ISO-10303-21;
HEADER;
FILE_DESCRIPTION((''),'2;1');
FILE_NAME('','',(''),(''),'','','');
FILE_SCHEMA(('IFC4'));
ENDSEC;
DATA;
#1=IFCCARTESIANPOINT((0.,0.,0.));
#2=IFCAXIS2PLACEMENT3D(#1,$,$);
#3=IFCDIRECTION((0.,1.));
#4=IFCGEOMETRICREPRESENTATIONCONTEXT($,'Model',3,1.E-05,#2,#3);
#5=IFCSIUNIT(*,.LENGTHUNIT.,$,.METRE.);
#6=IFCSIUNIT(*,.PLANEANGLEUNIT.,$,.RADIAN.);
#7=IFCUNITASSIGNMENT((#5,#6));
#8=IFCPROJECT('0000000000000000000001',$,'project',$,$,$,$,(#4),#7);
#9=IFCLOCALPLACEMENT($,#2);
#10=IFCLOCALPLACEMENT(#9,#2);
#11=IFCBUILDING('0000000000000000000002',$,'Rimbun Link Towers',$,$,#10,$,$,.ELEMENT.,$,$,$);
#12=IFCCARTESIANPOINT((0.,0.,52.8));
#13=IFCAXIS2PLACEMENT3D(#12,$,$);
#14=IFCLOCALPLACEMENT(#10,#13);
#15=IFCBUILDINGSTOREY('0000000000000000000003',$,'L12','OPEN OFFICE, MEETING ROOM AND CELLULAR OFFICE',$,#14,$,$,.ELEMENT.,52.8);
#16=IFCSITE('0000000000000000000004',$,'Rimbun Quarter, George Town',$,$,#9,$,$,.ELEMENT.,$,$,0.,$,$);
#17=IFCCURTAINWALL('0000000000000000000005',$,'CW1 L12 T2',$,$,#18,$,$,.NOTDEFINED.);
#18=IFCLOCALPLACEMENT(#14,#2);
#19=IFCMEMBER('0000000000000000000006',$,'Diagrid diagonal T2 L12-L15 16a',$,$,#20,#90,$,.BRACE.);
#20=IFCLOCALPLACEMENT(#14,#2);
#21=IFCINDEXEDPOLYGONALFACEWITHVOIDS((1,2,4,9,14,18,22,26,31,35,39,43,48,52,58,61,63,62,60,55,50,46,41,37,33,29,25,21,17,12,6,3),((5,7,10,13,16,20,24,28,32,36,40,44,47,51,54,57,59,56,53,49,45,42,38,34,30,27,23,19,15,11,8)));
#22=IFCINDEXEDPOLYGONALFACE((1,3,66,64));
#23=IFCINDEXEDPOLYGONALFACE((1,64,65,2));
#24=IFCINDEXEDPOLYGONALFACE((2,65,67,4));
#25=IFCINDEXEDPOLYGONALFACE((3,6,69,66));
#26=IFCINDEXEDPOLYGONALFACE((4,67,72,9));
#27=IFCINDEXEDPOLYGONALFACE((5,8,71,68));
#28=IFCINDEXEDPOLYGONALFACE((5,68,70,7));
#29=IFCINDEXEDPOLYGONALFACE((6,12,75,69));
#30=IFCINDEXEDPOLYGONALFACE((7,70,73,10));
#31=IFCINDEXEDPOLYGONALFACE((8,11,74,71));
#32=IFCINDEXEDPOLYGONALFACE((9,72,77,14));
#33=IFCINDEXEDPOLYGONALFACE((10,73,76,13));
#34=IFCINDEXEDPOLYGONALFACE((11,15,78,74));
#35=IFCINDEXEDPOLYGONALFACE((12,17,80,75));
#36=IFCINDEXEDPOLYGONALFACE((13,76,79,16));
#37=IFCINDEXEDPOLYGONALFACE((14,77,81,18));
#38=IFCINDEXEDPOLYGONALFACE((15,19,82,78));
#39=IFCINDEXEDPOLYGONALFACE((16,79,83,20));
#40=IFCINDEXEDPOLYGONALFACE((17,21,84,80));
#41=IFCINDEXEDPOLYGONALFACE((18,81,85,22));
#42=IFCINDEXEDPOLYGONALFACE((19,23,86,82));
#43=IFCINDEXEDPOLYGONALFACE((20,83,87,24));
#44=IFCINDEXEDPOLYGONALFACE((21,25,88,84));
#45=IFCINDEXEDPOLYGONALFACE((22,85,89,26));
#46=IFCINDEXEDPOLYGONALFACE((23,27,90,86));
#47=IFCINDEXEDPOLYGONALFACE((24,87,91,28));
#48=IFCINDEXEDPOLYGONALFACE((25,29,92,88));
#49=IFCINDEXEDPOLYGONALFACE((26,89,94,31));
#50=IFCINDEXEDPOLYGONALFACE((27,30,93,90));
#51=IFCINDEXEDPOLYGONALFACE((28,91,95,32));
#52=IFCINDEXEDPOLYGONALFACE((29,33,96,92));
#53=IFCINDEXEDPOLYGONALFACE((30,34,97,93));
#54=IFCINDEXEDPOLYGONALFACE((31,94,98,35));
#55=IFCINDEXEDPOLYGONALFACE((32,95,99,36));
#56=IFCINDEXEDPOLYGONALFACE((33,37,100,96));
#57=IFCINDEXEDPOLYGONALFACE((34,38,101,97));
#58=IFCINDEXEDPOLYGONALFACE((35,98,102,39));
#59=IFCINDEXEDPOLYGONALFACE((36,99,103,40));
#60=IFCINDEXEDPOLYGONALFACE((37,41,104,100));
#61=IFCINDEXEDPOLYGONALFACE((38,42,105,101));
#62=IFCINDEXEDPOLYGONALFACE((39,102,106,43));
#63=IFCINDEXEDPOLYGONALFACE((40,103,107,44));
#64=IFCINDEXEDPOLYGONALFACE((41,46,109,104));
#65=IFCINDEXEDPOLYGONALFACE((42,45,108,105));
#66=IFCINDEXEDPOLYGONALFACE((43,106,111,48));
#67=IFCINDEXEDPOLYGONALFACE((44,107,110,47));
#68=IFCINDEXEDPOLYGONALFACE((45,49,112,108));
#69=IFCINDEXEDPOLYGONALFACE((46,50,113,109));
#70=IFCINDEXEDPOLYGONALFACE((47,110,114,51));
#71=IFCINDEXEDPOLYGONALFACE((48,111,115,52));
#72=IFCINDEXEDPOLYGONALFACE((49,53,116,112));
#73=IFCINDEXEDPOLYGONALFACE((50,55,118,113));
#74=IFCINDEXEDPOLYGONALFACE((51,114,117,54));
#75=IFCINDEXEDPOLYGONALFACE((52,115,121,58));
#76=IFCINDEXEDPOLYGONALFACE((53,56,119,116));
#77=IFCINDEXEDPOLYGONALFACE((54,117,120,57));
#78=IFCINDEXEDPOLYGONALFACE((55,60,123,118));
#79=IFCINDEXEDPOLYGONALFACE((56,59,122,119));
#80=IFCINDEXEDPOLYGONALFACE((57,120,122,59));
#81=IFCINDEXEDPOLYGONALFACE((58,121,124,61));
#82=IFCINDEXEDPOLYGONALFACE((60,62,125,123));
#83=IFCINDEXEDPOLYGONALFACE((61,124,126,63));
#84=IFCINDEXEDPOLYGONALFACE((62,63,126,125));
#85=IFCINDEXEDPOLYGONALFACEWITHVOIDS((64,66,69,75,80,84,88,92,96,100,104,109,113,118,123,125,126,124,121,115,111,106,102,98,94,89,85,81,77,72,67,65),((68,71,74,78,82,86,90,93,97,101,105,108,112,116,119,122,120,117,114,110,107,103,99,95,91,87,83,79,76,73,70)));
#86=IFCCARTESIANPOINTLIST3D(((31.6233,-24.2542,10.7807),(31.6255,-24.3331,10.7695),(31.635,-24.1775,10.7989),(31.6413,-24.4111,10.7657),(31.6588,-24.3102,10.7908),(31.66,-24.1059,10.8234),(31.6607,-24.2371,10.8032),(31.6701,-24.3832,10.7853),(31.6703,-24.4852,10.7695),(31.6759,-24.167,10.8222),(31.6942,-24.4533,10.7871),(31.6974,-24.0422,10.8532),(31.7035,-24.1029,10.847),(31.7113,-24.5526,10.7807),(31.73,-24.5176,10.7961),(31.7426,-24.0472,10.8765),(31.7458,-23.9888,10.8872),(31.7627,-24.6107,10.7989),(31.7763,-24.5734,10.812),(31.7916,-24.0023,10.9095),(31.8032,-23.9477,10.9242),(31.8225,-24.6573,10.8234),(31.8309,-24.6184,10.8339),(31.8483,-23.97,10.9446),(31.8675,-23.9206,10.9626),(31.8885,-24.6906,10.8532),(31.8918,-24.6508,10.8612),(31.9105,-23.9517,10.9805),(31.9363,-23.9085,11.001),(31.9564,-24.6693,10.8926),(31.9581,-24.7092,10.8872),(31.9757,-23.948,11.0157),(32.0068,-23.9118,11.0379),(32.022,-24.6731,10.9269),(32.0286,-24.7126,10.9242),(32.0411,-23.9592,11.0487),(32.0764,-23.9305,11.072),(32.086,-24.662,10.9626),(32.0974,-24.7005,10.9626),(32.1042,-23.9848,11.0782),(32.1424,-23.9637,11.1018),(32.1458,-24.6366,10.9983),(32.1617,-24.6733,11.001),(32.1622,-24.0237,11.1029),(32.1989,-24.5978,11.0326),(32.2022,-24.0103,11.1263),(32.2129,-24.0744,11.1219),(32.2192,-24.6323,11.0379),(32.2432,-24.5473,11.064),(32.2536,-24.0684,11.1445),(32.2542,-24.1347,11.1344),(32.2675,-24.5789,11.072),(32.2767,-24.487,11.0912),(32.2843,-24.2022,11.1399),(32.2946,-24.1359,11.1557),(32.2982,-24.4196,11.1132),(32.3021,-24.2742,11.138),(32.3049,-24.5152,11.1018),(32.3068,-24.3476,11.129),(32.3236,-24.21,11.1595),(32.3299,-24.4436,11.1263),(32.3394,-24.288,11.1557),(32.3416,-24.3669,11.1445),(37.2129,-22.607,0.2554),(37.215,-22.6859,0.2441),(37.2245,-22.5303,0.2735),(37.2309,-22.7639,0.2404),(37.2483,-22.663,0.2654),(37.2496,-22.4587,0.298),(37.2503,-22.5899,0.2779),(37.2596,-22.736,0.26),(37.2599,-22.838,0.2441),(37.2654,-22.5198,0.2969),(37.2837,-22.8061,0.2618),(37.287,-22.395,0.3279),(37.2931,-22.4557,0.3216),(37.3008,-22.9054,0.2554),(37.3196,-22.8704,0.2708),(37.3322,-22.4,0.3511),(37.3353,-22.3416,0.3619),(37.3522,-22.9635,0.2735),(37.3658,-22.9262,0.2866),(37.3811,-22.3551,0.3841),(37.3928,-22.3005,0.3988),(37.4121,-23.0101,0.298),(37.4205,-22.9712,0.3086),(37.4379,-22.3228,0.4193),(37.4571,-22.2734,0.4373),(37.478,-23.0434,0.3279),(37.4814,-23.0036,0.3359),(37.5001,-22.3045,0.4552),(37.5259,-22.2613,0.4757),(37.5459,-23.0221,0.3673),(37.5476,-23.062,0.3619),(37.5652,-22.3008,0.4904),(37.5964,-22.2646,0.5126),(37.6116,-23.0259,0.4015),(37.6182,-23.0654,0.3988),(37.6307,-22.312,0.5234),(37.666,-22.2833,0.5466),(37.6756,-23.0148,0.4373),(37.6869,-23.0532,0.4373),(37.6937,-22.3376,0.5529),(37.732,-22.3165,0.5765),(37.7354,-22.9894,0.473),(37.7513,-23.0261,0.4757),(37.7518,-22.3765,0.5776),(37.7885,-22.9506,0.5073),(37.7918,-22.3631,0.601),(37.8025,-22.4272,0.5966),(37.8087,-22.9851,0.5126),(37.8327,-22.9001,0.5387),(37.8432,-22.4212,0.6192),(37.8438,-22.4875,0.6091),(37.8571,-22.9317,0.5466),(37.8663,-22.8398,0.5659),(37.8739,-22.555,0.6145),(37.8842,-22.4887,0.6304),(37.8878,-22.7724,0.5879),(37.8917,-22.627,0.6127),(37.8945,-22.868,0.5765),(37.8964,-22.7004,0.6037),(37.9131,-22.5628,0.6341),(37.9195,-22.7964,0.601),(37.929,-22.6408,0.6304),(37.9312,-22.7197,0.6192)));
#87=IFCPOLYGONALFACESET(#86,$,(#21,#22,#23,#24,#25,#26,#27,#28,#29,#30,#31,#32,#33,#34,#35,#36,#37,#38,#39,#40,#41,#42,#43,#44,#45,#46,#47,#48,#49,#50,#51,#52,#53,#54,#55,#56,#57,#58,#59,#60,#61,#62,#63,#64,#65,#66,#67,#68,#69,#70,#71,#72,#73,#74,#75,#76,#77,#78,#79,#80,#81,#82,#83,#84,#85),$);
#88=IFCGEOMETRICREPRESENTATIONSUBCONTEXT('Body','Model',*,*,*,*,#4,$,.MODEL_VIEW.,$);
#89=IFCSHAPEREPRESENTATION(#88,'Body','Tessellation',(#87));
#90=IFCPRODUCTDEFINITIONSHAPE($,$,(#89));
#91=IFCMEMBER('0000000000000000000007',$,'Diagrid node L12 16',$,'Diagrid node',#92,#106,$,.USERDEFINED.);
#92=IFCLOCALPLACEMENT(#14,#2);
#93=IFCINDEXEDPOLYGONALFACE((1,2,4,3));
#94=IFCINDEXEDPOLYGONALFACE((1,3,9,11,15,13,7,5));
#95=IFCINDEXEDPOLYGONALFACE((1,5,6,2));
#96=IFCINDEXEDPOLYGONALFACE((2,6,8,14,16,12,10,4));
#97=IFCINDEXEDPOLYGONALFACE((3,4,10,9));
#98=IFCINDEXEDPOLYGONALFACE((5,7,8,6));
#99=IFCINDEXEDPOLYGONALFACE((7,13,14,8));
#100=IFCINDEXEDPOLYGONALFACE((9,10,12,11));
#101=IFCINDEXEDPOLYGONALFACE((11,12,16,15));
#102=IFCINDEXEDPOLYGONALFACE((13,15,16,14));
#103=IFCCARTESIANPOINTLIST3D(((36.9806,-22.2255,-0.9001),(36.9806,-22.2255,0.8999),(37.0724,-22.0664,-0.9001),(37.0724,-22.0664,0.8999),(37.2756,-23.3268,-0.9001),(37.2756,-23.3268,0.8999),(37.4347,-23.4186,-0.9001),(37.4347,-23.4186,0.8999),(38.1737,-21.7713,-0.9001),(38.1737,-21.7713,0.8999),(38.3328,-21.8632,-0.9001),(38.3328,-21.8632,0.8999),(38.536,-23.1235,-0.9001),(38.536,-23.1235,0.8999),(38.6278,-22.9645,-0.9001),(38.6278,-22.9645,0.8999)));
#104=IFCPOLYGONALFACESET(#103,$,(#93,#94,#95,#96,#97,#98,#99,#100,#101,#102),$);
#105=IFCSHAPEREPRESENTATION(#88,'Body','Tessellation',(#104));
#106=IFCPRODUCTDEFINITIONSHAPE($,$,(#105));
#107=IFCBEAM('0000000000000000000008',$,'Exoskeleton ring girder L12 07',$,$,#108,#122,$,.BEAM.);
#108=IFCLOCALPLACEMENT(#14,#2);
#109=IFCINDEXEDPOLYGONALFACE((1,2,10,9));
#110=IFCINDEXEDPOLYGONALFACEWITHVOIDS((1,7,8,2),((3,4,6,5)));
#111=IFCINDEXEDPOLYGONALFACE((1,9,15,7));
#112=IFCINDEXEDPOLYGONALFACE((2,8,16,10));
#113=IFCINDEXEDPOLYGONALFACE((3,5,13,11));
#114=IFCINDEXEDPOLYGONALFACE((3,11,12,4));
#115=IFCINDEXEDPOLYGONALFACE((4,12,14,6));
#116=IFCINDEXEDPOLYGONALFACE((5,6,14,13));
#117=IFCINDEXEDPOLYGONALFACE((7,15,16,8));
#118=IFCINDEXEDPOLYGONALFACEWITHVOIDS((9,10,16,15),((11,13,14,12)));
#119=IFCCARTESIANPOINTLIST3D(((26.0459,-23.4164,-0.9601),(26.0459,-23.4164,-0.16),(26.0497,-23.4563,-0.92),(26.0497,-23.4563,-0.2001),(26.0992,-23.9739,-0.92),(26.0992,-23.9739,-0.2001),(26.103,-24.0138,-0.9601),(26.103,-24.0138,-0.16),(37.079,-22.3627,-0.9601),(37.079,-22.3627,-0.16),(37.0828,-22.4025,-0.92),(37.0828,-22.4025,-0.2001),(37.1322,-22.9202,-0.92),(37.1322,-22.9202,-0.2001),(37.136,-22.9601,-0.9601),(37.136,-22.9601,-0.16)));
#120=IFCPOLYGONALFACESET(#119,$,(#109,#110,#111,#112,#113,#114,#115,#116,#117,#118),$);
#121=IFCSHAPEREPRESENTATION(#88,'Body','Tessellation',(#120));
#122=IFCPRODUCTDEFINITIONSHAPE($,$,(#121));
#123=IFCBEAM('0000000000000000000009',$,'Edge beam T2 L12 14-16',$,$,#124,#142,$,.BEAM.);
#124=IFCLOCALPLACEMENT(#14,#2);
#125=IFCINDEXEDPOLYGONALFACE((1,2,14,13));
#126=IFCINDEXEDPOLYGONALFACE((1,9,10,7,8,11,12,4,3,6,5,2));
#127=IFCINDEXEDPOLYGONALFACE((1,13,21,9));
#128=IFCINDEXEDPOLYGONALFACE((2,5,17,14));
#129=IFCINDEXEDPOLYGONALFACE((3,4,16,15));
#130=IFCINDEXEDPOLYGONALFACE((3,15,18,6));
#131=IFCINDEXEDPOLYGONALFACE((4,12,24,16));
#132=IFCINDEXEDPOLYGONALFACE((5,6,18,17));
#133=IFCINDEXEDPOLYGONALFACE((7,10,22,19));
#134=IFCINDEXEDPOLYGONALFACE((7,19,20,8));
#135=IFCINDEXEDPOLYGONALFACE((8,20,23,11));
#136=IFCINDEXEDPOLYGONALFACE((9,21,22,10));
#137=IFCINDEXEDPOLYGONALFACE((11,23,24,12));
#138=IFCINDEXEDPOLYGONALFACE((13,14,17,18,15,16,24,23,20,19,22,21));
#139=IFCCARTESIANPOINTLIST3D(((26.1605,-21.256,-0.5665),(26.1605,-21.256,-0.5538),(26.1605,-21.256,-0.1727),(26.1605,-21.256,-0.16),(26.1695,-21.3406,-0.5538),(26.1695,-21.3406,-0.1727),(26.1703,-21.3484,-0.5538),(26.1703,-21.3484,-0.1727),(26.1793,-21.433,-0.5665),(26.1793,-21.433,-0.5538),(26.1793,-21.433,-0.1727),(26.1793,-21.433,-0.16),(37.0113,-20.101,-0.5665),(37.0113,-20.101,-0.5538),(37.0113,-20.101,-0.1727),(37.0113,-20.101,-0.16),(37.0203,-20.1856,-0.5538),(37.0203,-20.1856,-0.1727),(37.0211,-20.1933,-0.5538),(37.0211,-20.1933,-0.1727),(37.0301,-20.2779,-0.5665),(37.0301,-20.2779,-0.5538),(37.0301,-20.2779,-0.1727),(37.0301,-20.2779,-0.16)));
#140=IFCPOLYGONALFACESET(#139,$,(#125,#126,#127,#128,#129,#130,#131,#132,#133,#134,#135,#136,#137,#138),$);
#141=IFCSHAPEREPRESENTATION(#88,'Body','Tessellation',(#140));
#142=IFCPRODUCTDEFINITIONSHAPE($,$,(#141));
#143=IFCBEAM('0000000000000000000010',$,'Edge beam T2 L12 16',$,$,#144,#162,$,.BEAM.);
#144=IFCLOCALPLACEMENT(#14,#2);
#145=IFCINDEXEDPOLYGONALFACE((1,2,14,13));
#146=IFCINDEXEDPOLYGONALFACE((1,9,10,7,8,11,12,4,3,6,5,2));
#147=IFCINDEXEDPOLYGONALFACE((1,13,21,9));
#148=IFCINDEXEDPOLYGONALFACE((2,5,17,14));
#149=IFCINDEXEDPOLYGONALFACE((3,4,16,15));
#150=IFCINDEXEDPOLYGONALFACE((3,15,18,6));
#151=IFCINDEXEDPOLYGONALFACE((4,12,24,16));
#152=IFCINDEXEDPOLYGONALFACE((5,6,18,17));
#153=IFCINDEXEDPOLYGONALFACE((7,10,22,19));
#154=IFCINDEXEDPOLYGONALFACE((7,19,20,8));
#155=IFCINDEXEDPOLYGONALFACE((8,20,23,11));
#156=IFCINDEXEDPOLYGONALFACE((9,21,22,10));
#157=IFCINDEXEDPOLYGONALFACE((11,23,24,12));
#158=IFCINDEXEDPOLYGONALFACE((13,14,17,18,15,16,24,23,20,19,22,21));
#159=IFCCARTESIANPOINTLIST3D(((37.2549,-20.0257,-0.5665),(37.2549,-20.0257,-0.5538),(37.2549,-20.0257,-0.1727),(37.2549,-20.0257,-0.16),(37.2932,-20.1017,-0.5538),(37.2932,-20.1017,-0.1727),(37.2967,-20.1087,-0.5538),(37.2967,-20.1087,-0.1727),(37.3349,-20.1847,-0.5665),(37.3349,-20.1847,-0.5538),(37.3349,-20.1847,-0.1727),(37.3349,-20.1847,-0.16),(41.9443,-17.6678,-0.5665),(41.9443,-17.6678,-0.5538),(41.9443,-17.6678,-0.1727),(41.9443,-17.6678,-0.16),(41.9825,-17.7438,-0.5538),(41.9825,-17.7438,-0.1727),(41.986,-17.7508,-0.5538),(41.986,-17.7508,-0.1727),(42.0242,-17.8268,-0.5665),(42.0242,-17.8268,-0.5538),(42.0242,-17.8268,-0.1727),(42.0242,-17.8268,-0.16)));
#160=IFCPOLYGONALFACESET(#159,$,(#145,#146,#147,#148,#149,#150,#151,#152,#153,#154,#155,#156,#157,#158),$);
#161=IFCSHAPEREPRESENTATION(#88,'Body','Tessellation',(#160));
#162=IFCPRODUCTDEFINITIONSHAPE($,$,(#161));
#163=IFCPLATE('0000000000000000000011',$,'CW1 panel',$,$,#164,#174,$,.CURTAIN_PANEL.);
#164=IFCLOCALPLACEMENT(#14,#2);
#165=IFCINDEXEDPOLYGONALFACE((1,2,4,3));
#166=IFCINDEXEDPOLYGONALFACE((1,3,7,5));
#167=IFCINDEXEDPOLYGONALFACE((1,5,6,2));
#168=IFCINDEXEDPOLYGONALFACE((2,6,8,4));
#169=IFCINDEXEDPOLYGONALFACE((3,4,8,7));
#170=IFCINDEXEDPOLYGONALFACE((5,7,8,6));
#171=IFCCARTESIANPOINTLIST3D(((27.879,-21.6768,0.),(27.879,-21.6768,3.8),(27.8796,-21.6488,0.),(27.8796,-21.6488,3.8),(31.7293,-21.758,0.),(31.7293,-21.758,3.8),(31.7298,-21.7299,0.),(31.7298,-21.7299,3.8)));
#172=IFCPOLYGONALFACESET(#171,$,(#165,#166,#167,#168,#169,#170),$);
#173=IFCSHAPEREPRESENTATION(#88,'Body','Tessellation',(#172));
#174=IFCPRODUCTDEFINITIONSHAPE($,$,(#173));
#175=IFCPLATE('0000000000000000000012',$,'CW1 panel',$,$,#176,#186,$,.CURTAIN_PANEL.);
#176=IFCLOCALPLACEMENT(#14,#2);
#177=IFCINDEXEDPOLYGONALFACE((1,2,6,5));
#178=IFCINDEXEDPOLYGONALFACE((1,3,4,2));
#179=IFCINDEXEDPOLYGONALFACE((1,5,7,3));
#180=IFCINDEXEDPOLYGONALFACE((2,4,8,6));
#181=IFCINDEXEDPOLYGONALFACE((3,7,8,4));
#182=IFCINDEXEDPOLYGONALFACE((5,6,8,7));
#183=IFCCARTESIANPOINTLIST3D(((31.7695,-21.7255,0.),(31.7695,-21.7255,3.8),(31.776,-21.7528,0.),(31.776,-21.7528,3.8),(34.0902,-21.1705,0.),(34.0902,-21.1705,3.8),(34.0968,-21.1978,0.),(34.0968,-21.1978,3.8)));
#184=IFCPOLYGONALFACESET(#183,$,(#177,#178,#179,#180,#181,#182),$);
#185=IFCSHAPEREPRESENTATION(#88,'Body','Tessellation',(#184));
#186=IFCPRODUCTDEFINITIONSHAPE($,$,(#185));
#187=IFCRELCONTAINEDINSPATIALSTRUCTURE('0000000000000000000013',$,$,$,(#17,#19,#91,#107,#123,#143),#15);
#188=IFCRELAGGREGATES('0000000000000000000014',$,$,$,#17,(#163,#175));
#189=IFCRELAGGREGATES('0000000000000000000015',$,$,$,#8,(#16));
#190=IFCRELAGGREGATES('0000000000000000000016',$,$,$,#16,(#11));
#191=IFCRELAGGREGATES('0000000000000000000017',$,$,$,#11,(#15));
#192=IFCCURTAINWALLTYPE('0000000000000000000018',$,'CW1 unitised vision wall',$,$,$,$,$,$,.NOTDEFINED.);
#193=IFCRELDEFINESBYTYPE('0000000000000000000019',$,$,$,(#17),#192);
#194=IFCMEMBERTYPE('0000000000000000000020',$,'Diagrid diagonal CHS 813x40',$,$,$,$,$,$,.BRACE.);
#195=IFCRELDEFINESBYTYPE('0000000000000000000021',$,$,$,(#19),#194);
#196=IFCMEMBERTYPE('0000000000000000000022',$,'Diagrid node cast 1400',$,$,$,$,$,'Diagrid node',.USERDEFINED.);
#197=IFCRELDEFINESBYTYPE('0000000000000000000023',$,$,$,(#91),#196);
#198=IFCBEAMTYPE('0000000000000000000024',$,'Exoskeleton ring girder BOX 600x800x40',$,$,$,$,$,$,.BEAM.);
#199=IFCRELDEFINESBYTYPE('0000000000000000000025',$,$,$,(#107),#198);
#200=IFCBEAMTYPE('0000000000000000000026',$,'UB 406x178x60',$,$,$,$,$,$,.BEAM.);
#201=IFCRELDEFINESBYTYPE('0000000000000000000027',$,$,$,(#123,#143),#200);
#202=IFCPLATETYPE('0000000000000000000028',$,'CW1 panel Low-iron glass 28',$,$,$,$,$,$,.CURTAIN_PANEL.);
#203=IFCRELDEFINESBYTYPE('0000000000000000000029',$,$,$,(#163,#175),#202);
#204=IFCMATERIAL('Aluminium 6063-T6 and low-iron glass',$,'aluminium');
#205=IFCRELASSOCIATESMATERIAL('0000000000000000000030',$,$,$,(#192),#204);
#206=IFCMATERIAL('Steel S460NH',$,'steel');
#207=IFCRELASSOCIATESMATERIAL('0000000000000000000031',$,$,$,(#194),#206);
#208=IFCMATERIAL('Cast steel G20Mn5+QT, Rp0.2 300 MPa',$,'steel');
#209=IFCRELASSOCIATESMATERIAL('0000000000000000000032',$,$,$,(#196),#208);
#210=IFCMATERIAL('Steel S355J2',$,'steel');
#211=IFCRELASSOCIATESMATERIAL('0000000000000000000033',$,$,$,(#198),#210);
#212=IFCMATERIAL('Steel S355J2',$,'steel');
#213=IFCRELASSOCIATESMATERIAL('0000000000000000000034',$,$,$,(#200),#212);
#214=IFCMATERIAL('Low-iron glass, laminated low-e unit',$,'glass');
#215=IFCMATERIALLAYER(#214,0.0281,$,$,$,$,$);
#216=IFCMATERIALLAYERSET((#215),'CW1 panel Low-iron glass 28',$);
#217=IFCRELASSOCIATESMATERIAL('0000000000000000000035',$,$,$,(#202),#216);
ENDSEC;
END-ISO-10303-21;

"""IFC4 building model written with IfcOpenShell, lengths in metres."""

from ifc_helpers import new_model, si_unit, direction, frame, origin, origin_2d, place, context, subcontext, project, spatial, polyline, rectangle, hollow_rectangle, hollow_circle, i_section, outline, extrude, material, layer, layer_set, material_profile, profile_set, type_object, element, aggregate, save


model = new_model("IFC4")

# Units and contexts
model_context = context("Model", 3, precision=1e-05, world=origin(), true_north=direction((0.0, 1.0)))
body_context = subcontext(model_context, "Body", "Model", "MODEL_VIEW")
ifc_project = project(units=[si_unit("LENGTHUNIT", "METRE"), si_unit("PLANEANGLEUNIT", "RADIAN")], contexts=[model_context])

# Site, building, storey
site_placement = place(None, origin())
site = spatial("IfcSite", under=ifc_project, at=site_placement, Name="Rimbun Quarter, George Town", CompositionType="ELEMENT", RefElevation=0.0)
building_placement = place(site_placement, origin())
building = spatial("IfcBuilding", under=site, at=building_placement, Name="Rimbun Link Towers", CompositionType="ELEMENT")
storey_placement = place(building_placement, frame((0.0, 0.0, 52.8)))
storey = spatial("IfcBuildingStorey", under=building, at=storey_placement, Name="L12", Description="OPEN OFFICE, MEETING ROOM AND CELLULAR OFFICE", CompositionType="ELEMENT", Elevation=52.8)

# Curtain wall
ifc_material_1 = material(Name="Aluminium 6063-T6 and low-iron glass", Category="aluminium")
curtain_wall_type = type_object("IfcCurtainWallType", Name="CW1 unitised vision wall", PredefinedType="NOTDEFINED", material=ifc_material_1)
curtain_wall_placement = place(storey_placement, origin())
curtain_wall = element("IfcCurtainWall", 1, at=curtain_wall_placement, inside=storey, type_object=curtain_wall_type, Name="CW1 L12 T2", PredefinedType="NOTDEFINED")

# Members
ifc_material_2 = material(Name="Steel S460NH", Category="steel")
ifc_material_profile_1 = material_profile(ifc_material_2, hollow_circle(Radius=0.4065, WallThickness=0.04, at=origin_2d()), Name="Diagrid diagonal CHS 813x40")
ifc_profile_set_1 = profile_set([ifc_material_profile_1], Name="Steel S460NH")
member_type_1 = type_object("IfcMemberType", Name="Diagrid diagonal CHS 813x40", PredefinedType="BRACE", material=ifc_profile_set_1)
member_1_placement = place(storey_placement, frame((37.572, -22.6633, 0.4373), z_axis=(-0.464606, -0.136916, 0.874868), x_axis=(0.282674, -0.959216, 0.0)))
element("IfcMember", 2, at=member_1_placement, inside=storey, type_object=member_type_1, Name="Diagrid diagonal T2 L12-L15 16a", PredefinedType="BRACE", context=body_context, shape_type="SweptSolid", body=[
    extrude(hollow_circle(Radius=0.4065, WallThickness=0.04, at=origin_2d()), origin(), (0.0, 0.0, 1.0), 12.0308),
])
ifc_material_3 = material(Name="Cast steel G20Mn5+QT, Rp0.2 300 MPa", Category="steel")
ifc_material_profile_2 = material_profile(ifc_material_3, outline(polyline([(0.7, -0.5701), (0.7, 0.5701), (0.5701, 0.7), (-0.5701, 0.7), (-0.7, 0.5701), (-0.7, -0.5701), (-0.5701, -0.7), (0.5701, -0.7), (0.7, -0.5701)])), Name="NODE 1400x1400")
ifc_profile_set_2 = profile_set([ifc_material_profile_2], Name="Cast steel G20Mn5+QT, Rp0.2 300 MPa")
member_type_2 = type_object("IfcMemberType", Name="Diagrid node cast 1400", ElementType="Diagrid node", PredefinedType="USERDEFINED", material=ifc_profile_set_2)
member_2_placement = place(storey_placement, frame((37.8042, -22.595, -0.9001), z_axis=(0.0, 0.0, 1.0), x_axis=(0.258819, -0.965926, 0.0)))
element("IfcMember", 3, at=member_2_placement, inside=storey, type_object=member_type_2, Name="Diagrid node L12 16", ObjectType="Diagrid node", PredefinedType="USERDEFINED", context=body_context, shape_type="SweptSolid", body=[
    extrude(outline(polyline([(0.7, -0.5701), (0.7, 0.5701), (0.5701, 0.7), (-0.5701, 0.7), (-0.7, 0.5701), (-0.7, -0.5701), (-0.5701, -0.7), (0.5701, -0.7), (0.7, -0.5701)])), origin(), (0.0, 0.0, 1.0), 1.8),
])

# Beams
ifc_material_4 = material(Name="Steel S355J2", Category="steel")
ifc_material_profile_3 = material_profile(ifc_material_4, hollow_rectangle(XDim=0.6001, YDim=0.8, WallThickness=0.04, at=origin_2d()), Name="Exoskeleton ring girder BOX 600x800x40")
ifc_profile_set_3 = profile_set([ifc_material_profile_3], Name="Steel S355J2")
beam_type_1 = type_object("IfcBeamType", Name="Exoskeleton ring girder BOX 600x800x40", PredefinedType="BEAM", material=ifc_profile_set_3)
beam_1_placement = place(storey_placement, frame((26.0745, -23.7151, -0.5601), z_axis=(0.99547, 0.095073, 0.0), x_axis=(-0.095073, 0.99547, 0.0)))
element("IfcBeam", 4, at=beam_1_placement, inside=storey, type_object=beam_type_1, Name="Exoskeleton ring girder L12 07", PredefinedType="BEAM", context=body_context, shape_type="SweptSolid", body=[
    extrude(hollow_rectangle(XDim=0.6001, YDim=0.8, WallThickness=0.04, at=origin_2d()), origin(), (0.0, 0.0, 1.0), 11.0833),
])
ifc_material_5 = material(Name="Steel S355J2", Category="steel")
ifc_material_profile_4 = material_profile(ifc_material_5, i_section(OverallWidth=0.178, OverallDepth=0.4065, WebThickness=0.0078, FlangeThickness=0.0127, at=origin_2d()), Name="UB 406x178x60")
ifc_profile_set_4 = profile_set([ifc_material_profile_4], Name="Steel S355J2")
beam_type_2 = type_object("IfcBeamType", Name="UB 406x178x60", PredefinedType="BEAM", material=ifc_profile_set_4)
beam_2_placement = place(storey_placement, frame((26.1699, -21.3445, -0.3633), z_axis=(0.994382, 0.105848, 0.0), x_axis=(-0.105848, 0.994382, 0.0)))
element("IfcBeam", 5, at=beam_2_placement, inside=storey, type_object=beam_type_2, Name="Edge beam T2 L12 14-16", PredefinedType="BEAM", context=body_context, shape_type="SweptSolid", body=[
    extrude(i_section(OverallWidth=0.178, OverallDepth=0.4065, WebThickness=0.0078, FlangeThickness=0.0127, at=origin_2d()), origin(), (0.0, 0.0, 1.0), 10.9121),
])
beam_3_placement = place(storey_placement, frame((37.2949, -20.1052, -0.3633), z_axis=(0.893411, 0.44924, 0.0), x_axis=(-0.44924, 0.893411, 0.0)))
element("IfcBeam", 6, at=beam_3_placement, inside=storey, type_object=beam_type_2, Name="Edge beam T2 L12 16", PredefinedType="BEAM", context=body_context, shape_type="SweptSolid", body=[
    extrude(i_section(OverallWidth=0.178, OverallDepth=0.4065, WebThickness=0.0078, FlangeThickness=0.0127, at=origin_2d()), origin(), (0.0, 0.0, 1.0), 5.2488),
])

# Plates
ifc_material_6 = material(Name="Low-iron glass, laminated low-e unit", Category="glass")
ifc_layer_1 = layer(ifc_material_6, 0.0281)
ifc_layer_set_1 = layer_set([ifc_layer_1], Name="CW1 panel Low-iron glass 28")
plate_type = type_object("IfcPlateType", Name="CW1 panel Low-iron glass 28", PredefinedType="CURTAIN_PANEL", material=ifc_layer_set_1)
plate_1_placement = place(storey_placement, frame((29.8044, -21.7034, 0.0), z_axis=(0.0, 0.0, 1.0), x_axis=(-0.999778, 0.021066, 0.0)))
plate_1 = element("IfcPlate", 7, at=plate_1_placement, type_object=plate_type, Name="CW1 panel", PredefinedType="CURTAIN_PANEL", context=body_context, shape_type="SweptSolid", body=[
    extrude(rectangle(XDim=3.8511, YDim=0.0281, at=origin_2d()), origin(), (0.0, 0.0, 1.0), 3.8),
])
plate_2_placement = place(storey_placement, frame((32.9331, -21.4617, 0.0), z_axis=(0.0, 0.0, 1.0), x_axis=(-0.972572, -0.232603, 0.0)))
plate_2 = element("IfcPlate", 8, at=plate_2_placement, type_object=plate_type, Name="CW1 panel", PredefinedType="CURTAIN_PANEL", context=body_context, shape_type="SweptSolid", body=[
    extrude(rectangle(XDim=2.3862, YDim=0.0281, at=origin_2d()), origin(), (0.0, 0.0, 1.0), 3.8),
])
aggregate(curtain_wall, [plate_1, plate_2])

save(model, "model.ifc")
